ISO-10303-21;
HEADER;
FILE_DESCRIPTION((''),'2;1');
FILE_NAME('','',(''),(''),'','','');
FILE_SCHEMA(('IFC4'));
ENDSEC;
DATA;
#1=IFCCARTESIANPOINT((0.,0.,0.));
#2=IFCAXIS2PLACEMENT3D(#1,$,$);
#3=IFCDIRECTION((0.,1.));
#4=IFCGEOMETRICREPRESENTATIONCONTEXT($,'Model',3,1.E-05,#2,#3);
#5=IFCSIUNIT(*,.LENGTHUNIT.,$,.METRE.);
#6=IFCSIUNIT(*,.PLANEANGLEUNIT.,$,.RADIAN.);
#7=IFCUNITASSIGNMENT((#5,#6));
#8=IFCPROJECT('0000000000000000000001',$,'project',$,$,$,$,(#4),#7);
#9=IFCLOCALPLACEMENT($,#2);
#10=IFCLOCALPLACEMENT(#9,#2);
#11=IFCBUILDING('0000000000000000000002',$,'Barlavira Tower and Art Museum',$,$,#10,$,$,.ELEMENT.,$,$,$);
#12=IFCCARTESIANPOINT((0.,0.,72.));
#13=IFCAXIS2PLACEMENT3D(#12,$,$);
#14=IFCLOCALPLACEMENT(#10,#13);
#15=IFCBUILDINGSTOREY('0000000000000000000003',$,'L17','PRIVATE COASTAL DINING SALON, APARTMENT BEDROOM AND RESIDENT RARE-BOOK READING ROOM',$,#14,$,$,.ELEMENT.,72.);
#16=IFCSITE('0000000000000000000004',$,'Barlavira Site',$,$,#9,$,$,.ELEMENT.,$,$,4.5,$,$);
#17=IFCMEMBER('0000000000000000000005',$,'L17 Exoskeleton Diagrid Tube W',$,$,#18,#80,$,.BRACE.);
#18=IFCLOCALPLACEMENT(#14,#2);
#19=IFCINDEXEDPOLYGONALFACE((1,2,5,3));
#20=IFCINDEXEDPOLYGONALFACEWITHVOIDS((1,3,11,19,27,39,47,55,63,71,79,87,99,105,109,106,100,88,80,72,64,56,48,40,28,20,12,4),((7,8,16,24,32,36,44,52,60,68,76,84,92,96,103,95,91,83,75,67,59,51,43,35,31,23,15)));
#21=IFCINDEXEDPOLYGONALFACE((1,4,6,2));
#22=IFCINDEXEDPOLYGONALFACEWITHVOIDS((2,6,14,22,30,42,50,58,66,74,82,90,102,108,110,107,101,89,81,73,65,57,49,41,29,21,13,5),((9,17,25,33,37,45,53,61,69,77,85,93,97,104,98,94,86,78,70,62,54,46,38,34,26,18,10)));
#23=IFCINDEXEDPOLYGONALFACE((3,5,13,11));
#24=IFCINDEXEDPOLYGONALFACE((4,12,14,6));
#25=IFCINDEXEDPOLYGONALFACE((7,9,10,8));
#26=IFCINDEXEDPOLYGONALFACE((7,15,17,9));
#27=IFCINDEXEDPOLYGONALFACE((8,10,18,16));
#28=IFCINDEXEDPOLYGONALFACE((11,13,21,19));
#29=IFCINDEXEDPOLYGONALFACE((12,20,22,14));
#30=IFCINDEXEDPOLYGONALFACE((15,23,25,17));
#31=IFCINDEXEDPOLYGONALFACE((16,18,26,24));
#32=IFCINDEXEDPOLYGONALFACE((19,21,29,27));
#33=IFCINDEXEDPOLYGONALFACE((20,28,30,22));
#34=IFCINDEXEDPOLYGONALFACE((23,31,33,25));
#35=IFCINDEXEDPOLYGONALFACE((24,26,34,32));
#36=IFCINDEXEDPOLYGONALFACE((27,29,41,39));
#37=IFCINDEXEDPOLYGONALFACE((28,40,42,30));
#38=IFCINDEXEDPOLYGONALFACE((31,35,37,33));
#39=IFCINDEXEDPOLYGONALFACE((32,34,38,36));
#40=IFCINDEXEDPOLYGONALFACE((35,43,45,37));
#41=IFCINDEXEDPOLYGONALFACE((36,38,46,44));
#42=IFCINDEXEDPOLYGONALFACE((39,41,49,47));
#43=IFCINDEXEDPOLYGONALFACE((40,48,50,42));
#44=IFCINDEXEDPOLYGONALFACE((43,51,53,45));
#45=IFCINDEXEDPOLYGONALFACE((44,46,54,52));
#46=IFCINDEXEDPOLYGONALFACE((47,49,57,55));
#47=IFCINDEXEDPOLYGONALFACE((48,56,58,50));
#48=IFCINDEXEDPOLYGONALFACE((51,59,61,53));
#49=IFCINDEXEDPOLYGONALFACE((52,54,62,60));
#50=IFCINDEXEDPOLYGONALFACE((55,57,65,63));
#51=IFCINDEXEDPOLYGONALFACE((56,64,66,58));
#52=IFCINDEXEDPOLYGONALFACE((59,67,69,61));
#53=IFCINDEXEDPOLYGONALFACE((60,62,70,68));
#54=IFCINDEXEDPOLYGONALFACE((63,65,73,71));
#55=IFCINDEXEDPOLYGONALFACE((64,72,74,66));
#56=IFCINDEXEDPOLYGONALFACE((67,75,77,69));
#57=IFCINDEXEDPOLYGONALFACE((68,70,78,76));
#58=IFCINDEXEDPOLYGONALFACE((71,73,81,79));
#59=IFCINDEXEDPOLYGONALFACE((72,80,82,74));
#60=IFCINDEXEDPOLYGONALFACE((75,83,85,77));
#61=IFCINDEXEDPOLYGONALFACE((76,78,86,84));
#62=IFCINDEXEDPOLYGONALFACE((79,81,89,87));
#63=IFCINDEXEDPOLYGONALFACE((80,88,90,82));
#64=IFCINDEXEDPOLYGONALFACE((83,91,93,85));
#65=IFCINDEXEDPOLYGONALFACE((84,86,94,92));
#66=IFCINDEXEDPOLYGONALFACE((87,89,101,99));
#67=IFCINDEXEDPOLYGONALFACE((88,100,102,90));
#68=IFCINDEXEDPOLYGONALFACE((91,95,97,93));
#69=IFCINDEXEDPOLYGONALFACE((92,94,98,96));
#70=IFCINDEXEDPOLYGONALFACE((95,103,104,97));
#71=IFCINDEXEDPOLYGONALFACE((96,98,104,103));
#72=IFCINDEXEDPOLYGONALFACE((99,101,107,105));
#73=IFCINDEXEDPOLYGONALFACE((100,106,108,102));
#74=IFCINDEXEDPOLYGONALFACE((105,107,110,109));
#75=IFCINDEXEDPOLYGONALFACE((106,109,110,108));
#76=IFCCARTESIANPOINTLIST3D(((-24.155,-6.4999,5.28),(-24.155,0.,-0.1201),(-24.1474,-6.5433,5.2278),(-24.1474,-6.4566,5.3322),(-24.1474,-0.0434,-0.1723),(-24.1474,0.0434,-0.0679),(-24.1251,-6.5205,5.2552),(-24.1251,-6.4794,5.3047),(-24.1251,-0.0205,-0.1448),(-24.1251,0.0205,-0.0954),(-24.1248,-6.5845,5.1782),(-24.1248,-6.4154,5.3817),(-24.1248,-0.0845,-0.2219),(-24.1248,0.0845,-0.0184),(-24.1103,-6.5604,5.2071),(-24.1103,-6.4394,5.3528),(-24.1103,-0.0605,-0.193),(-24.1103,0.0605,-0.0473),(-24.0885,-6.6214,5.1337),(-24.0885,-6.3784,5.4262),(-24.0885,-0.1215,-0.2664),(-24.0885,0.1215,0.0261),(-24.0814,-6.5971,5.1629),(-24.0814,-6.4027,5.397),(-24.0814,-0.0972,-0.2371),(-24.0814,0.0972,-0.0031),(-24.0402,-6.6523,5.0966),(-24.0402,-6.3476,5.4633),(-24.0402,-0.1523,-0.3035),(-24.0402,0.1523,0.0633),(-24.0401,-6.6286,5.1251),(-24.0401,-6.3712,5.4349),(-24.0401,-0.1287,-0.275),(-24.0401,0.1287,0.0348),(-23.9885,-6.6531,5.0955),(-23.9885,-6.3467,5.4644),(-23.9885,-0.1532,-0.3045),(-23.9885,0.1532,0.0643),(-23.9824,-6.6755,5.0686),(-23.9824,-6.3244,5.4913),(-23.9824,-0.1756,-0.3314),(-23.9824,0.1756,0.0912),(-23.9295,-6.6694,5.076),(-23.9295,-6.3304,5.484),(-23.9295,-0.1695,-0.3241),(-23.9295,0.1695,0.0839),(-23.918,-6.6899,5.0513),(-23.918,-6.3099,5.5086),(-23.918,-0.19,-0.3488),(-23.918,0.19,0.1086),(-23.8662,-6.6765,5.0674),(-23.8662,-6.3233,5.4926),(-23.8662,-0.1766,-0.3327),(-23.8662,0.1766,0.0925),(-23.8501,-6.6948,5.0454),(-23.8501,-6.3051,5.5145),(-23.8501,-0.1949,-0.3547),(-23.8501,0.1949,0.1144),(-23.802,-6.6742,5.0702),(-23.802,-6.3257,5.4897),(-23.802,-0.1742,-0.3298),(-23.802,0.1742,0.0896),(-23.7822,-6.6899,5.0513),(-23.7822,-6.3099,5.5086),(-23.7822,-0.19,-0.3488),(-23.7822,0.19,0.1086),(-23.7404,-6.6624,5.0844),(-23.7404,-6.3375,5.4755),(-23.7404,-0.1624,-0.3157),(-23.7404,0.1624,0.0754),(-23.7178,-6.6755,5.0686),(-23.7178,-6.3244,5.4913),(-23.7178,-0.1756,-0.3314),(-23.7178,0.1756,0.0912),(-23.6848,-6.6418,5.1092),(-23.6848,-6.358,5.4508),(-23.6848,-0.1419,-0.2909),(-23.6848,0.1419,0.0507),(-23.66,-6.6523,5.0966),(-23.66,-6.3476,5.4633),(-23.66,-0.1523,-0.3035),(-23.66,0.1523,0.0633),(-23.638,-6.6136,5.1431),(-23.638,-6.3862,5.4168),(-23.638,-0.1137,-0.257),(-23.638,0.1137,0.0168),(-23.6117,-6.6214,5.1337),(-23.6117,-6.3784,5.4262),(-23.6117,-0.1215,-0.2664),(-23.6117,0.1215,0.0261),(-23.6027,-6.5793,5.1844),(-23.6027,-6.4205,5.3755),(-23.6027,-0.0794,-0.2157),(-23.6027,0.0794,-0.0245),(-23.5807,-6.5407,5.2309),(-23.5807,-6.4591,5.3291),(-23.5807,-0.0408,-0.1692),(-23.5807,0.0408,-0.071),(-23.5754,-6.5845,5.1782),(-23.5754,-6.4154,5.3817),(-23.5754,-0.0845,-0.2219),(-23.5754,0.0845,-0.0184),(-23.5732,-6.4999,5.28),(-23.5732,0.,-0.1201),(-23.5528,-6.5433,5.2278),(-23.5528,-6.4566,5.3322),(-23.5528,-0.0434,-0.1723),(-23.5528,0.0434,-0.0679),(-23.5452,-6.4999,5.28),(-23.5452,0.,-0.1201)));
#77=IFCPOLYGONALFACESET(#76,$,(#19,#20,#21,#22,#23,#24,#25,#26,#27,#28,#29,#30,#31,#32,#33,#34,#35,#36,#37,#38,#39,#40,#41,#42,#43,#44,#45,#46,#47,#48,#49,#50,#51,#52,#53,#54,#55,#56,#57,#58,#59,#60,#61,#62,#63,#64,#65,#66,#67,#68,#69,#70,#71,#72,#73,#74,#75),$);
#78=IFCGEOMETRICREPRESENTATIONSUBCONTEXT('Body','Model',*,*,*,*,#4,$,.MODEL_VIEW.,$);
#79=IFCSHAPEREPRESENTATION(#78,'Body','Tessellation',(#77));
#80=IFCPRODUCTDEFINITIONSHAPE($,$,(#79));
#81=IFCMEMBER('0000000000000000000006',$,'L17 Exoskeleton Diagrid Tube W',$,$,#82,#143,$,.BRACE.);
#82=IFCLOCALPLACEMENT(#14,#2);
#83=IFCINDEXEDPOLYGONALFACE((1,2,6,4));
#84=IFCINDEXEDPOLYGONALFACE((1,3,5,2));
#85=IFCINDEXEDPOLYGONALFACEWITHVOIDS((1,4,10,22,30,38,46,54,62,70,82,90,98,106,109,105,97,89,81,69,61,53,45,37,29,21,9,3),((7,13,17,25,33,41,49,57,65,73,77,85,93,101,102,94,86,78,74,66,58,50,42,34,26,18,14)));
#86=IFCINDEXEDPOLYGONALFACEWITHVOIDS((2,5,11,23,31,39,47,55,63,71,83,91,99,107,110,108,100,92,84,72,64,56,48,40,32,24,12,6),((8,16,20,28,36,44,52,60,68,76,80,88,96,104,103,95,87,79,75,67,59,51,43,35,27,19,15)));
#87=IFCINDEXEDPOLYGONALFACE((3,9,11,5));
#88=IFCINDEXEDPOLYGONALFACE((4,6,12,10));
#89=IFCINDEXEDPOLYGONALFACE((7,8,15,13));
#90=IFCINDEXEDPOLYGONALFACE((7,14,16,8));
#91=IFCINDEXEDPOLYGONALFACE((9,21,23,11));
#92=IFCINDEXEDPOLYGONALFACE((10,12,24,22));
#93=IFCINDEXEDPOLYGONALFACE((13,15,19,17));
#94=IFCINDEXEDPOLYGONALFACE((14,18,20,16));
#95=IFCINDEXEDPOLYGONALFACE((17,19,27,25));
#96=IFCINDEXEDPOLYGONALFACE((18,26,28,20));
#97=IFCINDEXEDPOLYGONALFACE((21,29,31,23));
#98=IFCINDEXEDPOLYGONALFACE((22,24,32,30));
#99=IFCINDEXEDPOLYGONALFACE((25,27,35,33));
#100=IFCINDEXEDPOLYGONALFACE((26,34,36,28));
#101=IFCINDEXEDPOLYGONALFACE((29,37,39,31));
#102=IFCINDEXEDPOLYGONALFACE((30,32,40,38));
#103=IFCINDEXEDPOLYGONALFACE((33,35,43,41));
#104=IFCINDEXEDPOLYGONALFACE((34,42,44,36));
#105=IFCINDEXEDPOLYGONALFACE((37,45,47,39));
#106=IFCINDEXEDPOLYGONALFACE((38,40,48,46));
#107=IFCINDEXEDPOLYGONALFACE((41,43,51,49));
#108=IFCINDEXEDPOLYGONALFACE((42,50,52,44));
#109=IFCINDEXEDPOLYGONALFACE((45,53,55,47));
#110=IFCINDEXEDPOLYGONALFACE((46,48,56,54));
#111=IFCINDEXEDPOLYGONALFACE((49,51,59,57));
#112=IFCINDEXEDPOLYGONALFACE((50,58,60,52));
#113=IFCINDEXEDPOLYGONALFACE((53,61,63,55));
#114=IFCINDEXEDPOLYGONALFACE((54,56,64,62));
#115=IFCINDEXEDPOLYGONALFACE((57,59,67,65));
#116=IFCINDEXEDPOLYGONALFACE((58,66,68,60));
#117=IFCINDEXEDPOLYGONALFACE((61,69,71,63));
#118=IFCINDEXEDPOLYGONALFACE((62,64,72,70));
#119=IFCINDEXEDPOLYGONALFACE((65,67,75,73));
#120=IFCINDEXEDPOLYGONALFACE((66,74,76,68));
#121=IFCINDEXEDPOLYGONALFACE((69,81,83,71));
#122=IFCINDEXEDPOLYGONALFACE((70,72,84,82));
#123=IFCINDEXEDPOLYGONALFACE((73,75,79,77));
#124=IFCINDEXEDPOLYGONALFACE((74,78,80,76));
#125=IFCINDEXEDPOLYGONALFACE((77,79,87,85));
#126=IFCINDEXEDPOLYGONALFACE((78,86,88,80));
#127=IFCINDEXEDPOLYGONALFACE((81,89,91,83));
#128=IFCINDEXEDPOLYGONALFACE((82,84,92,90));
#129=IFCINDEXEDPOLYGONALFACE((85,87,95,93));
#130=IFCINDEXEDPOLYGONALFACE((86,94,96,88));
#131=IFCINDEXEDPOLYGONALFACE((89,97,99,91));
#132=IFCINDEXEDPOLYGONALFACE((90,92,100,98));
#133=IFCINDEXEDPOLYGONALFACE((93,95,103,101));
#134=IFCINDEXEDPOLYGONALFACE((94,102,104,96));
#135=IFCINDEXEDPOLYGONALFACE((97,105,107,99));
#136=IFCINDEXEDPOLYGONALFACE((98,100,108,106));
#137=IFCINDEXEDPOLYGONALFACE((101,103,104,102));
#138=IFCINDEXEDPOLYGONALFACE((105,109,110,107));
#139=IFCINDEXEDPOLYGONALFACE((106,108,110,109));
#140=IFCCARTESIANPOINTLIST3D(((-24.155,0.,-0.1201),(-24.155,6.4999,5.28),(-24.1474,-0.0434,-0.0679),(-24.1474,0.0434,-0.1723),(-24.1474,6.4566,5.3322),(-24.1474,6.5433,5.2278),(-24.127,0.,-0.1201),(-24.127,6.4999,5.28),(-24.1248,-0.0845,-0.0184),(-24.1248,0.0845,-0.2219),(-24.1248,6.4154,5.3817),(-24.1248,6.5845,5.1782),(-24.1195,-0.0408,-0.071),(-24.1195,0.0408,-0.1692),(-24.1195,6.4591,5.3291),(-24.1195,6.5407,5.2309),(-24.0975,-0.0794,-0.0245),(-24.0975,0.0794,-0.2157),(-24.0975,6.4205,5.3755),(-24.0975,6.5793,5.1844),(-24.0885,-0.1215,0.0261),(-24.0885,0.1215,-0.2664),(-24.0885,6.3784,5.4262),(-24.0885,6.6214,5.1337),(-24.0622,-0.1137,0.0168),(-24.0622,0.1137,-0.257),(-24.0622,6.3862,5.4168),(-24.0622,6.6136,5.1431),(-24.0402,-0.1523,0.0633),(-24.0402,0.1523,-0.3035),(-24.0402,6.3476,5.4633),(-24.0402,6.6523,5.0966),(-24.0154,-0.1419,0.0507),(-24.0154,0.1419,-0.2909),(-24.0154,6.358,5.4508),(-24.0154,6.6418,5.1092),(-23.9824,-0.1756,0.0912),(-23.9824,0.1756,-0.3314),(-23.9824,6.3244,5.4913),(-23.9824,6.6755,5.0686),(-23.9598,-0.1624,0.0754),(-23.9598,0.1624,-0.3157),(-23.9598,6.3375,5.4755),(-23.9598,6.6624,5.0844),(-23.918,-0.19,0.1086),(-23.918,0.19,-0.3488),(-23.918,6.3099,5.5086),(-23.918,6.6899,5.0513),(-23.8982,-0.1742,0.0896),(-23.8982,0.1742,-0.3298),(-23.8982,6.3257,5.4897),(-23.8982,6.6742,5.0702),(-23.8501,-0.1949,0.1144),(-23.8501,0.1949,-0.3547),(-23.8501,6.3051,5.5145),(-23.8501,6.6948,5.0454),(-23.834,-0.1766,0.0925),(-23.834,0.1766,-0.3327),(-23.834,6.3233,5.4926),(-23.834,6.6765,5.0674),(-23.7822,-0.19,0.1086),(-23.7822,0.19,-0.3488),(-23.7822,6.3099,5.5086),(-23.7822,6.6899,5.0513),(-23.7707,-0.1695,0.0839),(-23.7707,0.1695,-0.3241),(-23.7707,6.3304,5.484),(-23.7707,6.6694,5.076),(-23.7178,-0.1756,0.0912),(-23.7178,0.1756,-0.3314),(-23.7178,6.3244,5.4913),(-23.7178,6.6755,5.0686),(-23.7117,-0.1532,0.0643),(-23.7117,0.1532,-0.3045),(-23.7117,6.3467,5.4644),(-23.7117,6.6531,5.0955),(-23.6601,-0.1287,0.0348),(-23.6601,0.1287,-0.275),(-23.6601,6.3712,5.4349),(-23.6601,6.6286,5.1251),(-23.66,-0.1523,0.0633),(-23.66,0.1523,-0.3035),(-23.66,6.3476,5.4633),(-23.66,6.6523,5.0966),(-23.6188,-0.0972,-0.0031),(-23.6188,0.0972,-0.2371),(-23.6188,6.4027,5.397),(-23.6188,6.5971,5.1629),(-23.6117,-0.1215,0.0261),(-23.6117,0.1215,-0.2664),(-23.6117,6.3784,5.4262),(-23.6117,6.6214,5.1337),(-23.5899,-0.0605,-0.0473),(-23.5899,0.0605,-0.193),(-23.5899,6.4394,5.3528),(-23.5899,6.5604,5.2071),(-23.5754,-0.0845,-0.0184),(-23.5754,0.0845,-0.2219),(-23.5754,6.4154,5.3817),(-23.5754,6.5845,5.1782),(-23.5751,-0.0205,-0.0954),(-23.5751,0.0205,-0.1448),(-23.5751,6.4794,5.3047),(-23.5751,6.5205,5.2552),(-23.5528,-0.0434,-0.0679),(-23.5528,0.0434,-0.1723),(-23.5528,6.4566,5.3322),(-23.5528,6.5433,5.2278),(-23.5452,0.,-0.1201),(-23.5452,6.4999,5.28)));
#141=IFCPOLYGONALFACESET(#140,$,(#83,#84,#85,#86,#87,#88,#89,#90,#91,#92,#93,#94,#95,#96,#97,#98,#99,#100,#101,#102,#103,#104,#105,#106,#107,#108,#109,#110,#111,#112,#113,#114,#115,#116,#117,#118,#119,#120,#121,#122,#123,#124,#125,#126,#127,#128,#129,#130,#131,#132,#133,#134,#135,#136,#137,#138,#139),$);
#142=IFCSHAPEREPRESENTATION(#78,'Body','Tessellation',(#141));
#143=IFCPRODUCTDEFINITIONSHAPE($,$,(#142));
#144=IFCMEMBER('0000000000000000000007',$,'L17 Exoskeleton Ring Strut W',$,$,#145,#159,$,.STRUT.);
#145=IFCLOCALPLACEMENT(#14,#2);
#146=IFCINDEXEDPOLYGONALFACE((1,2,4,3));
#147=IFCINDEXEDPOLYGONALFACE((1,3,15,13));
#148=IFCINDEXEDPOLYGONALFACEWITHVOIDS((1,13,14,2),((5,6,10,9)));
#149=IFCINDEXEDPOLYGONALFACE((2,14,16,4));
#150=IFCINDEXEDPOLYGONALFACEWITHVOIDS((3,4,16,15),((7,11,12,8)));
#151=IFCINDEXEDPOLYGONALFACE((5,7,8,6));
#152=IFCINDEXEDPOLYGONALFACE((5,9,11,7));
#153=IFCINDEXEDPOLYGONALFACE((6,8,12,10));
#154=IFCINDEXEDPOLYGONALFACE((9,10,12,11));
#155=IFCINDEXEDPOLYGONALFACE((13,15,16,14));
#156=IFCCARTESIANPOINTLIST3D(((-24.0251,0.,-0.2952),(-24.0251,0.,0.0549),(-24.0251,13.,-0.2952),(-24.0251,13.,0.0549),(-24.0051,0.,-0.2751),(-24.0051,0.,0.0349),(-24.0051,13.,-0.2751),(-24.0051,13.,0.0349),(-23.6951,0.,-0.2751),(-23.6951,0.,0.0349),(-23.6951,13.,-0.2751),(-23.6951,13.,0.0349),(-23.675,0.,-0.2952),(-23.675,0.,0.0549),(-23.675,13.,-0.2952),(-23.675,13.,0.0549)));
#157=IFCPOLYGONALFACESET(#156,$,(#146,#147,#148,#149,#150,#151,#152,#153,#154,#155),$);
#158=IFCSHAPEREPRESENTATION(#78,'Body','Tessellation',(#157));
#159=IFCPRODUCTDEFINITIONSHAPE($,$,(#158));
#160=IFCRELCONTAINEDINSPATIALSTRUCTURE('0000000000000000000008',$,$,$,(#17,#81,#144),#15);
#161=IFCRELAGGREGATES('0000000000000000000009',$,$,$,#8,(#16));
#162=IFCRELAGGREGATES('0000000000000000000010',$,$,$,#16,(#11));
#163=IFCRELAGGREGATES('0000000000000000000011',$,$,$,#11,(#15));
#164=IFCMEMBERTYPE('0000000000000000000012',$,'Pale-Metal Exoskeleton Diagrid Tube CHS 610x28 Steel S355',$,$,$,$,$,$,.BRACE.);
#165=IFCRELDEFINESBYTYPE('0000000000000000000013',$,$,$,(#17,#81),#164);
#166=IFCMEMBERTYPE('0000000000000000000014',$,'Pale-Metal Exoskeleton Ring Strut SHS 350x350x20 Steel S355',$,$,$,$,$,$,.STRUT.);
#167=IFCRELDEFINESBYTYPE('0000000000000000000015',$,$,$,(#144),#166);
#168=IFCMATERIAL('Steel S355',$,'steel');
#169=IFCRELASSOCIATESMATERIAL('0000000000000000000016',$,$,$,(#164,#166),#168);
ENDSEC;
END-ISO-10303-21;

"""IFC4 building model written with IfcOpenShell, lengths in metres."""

from ifc_helpers import new_model, si_unit, direction, frame, origin, origin_2d, place, context, subcontext, project, spatial, hollow_rectangle, hollow_circle, extrude, material, material_profile, profile_set, type_object, element, save


model = new_model("IFC4")

# Units and contexts
model_context = context("Model", 3, precision=1e-05, world=origin(), true_north=direction((0.0, 1.0)))
body_context = subcontext(model_context, "Body", "Model", "MODEL_VIEW")
ifc_project = project(units=[si_unit("LENGTHUNIT", "METRE"), si_unit("PLANEANGLEUNIT", "RADIAN")], contexts=[model_context])

# Site, building, storey
site_placement = place(None, origin())
site = spatial("IfcSite", under=ifc_project, at=site_placement, Name="Barlavira Site", CompositionType="ELEMENT", RefElevation=4.5)
building_placement = place(site_placement, origin())
building = spatial("IfcBuilding", under=site, at=building_placement, Name="Barlavira Tower and Art Museum", CompositionType="ELEMENT")
storey_placement = place(building_placement, frame((0.0, 0.0, 72.0)))
storey = spatial("IfcBuildingStorey", under=building, at=storey_placement, Name="L17", Description="PRIVATE COASTAL DINING SALON, APARTMENT BEDROOM AND RESIDENT RARE-BOOK READING ROOM", CompositionType="ELEMENT", Elevation=72.0)

# Members
ifc_material_1 = material(Name="Steel S355", Category="steel")
ifc_material_profile_1 = material_profile(ifc_material_1, hollow_circle(Radius=0.3049, WallThickness=0.0281, at=origin_2d()), Name="CHS 610.0x28.0")
ifc_profile_set_1 = profile_set([ifc_material_profile_1], Name="Steel S355")
member_type_1 = type_object("IfcMemberType", Name="Pale-Metal Exoskeleton Diagrid Tube CHS 610x28 Steel S355", PredefinedType="BRACE", material=ifc_profile_set_1)
for number, where, z_axis, x_axis, name in (
    (1, (-23.8501, 0.0, -0.1201), (0.0, -0.769182, 0.63903), (1.0, 0.0, 0.0), "L17 Exoskeleton Diagrid Tube W"),
    (2, (-23.8501, 0.0, -0.1201), (0.0, 0.769182, 0.63903), (-1.0, 0.0, 0.0), "L17 Exoskeleton Diagrid Tube W"),
):
    element("IfcMember", number, at=place(storey_placement, frame(where, z_axis=z_axis, x_axis=x_axis)), inside=storey, type_object=member_type_1, Name=name, PredefinedType="BRACE", context=body_context, shape_type="SweptSolid", body=[
        extrude(hollow_circle(Radius=0.3049, WallThickness=0.0281, at=origin_2d()), origin(), (0.0, 0.0, 1.0), 8.4504),
    ])
ifc_material_profile_2 = material_profile(ifc_material_1, hollow_rectangle(XDim=0.3501, YDim=0.3501, WallThickness=0.02, at=origin_2d()), Name="SHS 350x350x20.0")
ifc_profile_set_2 = profile_set([ifc_material_profile_2], Name="Steel S355")
member_type_2 = type_object("IfcMemberType", Name="Pale-Metal Exoskeleton Ring Strut SHS 350x350x20 Steel S355", PredefinedType="STRUT", material=ifc_profile_set_2)
member_1_placement = place(storey_placement, frame((-23.8501, 0.0, -0.1201), z_axis=(0.0, 1.0, 0.0), x_axis=(-1.0, 0.0, 0.0)))
element("IfcMember", 3, at=member_1_placement, inside=storey, type_object=member_type_2, Name="L17 Exoskeleton Ring Strut W", PredefinedType="STRUT", context=body_context, shape_type="SweptSolid", body=[
    extrude(hollow_rectangle(XDim=0.3501, YDim=0.3501, WallThickness=0.02, at=origin_2d()), origin(), (0.0, 0.0, 1.0), 13.0),
])

save(model, "model.ifc")
